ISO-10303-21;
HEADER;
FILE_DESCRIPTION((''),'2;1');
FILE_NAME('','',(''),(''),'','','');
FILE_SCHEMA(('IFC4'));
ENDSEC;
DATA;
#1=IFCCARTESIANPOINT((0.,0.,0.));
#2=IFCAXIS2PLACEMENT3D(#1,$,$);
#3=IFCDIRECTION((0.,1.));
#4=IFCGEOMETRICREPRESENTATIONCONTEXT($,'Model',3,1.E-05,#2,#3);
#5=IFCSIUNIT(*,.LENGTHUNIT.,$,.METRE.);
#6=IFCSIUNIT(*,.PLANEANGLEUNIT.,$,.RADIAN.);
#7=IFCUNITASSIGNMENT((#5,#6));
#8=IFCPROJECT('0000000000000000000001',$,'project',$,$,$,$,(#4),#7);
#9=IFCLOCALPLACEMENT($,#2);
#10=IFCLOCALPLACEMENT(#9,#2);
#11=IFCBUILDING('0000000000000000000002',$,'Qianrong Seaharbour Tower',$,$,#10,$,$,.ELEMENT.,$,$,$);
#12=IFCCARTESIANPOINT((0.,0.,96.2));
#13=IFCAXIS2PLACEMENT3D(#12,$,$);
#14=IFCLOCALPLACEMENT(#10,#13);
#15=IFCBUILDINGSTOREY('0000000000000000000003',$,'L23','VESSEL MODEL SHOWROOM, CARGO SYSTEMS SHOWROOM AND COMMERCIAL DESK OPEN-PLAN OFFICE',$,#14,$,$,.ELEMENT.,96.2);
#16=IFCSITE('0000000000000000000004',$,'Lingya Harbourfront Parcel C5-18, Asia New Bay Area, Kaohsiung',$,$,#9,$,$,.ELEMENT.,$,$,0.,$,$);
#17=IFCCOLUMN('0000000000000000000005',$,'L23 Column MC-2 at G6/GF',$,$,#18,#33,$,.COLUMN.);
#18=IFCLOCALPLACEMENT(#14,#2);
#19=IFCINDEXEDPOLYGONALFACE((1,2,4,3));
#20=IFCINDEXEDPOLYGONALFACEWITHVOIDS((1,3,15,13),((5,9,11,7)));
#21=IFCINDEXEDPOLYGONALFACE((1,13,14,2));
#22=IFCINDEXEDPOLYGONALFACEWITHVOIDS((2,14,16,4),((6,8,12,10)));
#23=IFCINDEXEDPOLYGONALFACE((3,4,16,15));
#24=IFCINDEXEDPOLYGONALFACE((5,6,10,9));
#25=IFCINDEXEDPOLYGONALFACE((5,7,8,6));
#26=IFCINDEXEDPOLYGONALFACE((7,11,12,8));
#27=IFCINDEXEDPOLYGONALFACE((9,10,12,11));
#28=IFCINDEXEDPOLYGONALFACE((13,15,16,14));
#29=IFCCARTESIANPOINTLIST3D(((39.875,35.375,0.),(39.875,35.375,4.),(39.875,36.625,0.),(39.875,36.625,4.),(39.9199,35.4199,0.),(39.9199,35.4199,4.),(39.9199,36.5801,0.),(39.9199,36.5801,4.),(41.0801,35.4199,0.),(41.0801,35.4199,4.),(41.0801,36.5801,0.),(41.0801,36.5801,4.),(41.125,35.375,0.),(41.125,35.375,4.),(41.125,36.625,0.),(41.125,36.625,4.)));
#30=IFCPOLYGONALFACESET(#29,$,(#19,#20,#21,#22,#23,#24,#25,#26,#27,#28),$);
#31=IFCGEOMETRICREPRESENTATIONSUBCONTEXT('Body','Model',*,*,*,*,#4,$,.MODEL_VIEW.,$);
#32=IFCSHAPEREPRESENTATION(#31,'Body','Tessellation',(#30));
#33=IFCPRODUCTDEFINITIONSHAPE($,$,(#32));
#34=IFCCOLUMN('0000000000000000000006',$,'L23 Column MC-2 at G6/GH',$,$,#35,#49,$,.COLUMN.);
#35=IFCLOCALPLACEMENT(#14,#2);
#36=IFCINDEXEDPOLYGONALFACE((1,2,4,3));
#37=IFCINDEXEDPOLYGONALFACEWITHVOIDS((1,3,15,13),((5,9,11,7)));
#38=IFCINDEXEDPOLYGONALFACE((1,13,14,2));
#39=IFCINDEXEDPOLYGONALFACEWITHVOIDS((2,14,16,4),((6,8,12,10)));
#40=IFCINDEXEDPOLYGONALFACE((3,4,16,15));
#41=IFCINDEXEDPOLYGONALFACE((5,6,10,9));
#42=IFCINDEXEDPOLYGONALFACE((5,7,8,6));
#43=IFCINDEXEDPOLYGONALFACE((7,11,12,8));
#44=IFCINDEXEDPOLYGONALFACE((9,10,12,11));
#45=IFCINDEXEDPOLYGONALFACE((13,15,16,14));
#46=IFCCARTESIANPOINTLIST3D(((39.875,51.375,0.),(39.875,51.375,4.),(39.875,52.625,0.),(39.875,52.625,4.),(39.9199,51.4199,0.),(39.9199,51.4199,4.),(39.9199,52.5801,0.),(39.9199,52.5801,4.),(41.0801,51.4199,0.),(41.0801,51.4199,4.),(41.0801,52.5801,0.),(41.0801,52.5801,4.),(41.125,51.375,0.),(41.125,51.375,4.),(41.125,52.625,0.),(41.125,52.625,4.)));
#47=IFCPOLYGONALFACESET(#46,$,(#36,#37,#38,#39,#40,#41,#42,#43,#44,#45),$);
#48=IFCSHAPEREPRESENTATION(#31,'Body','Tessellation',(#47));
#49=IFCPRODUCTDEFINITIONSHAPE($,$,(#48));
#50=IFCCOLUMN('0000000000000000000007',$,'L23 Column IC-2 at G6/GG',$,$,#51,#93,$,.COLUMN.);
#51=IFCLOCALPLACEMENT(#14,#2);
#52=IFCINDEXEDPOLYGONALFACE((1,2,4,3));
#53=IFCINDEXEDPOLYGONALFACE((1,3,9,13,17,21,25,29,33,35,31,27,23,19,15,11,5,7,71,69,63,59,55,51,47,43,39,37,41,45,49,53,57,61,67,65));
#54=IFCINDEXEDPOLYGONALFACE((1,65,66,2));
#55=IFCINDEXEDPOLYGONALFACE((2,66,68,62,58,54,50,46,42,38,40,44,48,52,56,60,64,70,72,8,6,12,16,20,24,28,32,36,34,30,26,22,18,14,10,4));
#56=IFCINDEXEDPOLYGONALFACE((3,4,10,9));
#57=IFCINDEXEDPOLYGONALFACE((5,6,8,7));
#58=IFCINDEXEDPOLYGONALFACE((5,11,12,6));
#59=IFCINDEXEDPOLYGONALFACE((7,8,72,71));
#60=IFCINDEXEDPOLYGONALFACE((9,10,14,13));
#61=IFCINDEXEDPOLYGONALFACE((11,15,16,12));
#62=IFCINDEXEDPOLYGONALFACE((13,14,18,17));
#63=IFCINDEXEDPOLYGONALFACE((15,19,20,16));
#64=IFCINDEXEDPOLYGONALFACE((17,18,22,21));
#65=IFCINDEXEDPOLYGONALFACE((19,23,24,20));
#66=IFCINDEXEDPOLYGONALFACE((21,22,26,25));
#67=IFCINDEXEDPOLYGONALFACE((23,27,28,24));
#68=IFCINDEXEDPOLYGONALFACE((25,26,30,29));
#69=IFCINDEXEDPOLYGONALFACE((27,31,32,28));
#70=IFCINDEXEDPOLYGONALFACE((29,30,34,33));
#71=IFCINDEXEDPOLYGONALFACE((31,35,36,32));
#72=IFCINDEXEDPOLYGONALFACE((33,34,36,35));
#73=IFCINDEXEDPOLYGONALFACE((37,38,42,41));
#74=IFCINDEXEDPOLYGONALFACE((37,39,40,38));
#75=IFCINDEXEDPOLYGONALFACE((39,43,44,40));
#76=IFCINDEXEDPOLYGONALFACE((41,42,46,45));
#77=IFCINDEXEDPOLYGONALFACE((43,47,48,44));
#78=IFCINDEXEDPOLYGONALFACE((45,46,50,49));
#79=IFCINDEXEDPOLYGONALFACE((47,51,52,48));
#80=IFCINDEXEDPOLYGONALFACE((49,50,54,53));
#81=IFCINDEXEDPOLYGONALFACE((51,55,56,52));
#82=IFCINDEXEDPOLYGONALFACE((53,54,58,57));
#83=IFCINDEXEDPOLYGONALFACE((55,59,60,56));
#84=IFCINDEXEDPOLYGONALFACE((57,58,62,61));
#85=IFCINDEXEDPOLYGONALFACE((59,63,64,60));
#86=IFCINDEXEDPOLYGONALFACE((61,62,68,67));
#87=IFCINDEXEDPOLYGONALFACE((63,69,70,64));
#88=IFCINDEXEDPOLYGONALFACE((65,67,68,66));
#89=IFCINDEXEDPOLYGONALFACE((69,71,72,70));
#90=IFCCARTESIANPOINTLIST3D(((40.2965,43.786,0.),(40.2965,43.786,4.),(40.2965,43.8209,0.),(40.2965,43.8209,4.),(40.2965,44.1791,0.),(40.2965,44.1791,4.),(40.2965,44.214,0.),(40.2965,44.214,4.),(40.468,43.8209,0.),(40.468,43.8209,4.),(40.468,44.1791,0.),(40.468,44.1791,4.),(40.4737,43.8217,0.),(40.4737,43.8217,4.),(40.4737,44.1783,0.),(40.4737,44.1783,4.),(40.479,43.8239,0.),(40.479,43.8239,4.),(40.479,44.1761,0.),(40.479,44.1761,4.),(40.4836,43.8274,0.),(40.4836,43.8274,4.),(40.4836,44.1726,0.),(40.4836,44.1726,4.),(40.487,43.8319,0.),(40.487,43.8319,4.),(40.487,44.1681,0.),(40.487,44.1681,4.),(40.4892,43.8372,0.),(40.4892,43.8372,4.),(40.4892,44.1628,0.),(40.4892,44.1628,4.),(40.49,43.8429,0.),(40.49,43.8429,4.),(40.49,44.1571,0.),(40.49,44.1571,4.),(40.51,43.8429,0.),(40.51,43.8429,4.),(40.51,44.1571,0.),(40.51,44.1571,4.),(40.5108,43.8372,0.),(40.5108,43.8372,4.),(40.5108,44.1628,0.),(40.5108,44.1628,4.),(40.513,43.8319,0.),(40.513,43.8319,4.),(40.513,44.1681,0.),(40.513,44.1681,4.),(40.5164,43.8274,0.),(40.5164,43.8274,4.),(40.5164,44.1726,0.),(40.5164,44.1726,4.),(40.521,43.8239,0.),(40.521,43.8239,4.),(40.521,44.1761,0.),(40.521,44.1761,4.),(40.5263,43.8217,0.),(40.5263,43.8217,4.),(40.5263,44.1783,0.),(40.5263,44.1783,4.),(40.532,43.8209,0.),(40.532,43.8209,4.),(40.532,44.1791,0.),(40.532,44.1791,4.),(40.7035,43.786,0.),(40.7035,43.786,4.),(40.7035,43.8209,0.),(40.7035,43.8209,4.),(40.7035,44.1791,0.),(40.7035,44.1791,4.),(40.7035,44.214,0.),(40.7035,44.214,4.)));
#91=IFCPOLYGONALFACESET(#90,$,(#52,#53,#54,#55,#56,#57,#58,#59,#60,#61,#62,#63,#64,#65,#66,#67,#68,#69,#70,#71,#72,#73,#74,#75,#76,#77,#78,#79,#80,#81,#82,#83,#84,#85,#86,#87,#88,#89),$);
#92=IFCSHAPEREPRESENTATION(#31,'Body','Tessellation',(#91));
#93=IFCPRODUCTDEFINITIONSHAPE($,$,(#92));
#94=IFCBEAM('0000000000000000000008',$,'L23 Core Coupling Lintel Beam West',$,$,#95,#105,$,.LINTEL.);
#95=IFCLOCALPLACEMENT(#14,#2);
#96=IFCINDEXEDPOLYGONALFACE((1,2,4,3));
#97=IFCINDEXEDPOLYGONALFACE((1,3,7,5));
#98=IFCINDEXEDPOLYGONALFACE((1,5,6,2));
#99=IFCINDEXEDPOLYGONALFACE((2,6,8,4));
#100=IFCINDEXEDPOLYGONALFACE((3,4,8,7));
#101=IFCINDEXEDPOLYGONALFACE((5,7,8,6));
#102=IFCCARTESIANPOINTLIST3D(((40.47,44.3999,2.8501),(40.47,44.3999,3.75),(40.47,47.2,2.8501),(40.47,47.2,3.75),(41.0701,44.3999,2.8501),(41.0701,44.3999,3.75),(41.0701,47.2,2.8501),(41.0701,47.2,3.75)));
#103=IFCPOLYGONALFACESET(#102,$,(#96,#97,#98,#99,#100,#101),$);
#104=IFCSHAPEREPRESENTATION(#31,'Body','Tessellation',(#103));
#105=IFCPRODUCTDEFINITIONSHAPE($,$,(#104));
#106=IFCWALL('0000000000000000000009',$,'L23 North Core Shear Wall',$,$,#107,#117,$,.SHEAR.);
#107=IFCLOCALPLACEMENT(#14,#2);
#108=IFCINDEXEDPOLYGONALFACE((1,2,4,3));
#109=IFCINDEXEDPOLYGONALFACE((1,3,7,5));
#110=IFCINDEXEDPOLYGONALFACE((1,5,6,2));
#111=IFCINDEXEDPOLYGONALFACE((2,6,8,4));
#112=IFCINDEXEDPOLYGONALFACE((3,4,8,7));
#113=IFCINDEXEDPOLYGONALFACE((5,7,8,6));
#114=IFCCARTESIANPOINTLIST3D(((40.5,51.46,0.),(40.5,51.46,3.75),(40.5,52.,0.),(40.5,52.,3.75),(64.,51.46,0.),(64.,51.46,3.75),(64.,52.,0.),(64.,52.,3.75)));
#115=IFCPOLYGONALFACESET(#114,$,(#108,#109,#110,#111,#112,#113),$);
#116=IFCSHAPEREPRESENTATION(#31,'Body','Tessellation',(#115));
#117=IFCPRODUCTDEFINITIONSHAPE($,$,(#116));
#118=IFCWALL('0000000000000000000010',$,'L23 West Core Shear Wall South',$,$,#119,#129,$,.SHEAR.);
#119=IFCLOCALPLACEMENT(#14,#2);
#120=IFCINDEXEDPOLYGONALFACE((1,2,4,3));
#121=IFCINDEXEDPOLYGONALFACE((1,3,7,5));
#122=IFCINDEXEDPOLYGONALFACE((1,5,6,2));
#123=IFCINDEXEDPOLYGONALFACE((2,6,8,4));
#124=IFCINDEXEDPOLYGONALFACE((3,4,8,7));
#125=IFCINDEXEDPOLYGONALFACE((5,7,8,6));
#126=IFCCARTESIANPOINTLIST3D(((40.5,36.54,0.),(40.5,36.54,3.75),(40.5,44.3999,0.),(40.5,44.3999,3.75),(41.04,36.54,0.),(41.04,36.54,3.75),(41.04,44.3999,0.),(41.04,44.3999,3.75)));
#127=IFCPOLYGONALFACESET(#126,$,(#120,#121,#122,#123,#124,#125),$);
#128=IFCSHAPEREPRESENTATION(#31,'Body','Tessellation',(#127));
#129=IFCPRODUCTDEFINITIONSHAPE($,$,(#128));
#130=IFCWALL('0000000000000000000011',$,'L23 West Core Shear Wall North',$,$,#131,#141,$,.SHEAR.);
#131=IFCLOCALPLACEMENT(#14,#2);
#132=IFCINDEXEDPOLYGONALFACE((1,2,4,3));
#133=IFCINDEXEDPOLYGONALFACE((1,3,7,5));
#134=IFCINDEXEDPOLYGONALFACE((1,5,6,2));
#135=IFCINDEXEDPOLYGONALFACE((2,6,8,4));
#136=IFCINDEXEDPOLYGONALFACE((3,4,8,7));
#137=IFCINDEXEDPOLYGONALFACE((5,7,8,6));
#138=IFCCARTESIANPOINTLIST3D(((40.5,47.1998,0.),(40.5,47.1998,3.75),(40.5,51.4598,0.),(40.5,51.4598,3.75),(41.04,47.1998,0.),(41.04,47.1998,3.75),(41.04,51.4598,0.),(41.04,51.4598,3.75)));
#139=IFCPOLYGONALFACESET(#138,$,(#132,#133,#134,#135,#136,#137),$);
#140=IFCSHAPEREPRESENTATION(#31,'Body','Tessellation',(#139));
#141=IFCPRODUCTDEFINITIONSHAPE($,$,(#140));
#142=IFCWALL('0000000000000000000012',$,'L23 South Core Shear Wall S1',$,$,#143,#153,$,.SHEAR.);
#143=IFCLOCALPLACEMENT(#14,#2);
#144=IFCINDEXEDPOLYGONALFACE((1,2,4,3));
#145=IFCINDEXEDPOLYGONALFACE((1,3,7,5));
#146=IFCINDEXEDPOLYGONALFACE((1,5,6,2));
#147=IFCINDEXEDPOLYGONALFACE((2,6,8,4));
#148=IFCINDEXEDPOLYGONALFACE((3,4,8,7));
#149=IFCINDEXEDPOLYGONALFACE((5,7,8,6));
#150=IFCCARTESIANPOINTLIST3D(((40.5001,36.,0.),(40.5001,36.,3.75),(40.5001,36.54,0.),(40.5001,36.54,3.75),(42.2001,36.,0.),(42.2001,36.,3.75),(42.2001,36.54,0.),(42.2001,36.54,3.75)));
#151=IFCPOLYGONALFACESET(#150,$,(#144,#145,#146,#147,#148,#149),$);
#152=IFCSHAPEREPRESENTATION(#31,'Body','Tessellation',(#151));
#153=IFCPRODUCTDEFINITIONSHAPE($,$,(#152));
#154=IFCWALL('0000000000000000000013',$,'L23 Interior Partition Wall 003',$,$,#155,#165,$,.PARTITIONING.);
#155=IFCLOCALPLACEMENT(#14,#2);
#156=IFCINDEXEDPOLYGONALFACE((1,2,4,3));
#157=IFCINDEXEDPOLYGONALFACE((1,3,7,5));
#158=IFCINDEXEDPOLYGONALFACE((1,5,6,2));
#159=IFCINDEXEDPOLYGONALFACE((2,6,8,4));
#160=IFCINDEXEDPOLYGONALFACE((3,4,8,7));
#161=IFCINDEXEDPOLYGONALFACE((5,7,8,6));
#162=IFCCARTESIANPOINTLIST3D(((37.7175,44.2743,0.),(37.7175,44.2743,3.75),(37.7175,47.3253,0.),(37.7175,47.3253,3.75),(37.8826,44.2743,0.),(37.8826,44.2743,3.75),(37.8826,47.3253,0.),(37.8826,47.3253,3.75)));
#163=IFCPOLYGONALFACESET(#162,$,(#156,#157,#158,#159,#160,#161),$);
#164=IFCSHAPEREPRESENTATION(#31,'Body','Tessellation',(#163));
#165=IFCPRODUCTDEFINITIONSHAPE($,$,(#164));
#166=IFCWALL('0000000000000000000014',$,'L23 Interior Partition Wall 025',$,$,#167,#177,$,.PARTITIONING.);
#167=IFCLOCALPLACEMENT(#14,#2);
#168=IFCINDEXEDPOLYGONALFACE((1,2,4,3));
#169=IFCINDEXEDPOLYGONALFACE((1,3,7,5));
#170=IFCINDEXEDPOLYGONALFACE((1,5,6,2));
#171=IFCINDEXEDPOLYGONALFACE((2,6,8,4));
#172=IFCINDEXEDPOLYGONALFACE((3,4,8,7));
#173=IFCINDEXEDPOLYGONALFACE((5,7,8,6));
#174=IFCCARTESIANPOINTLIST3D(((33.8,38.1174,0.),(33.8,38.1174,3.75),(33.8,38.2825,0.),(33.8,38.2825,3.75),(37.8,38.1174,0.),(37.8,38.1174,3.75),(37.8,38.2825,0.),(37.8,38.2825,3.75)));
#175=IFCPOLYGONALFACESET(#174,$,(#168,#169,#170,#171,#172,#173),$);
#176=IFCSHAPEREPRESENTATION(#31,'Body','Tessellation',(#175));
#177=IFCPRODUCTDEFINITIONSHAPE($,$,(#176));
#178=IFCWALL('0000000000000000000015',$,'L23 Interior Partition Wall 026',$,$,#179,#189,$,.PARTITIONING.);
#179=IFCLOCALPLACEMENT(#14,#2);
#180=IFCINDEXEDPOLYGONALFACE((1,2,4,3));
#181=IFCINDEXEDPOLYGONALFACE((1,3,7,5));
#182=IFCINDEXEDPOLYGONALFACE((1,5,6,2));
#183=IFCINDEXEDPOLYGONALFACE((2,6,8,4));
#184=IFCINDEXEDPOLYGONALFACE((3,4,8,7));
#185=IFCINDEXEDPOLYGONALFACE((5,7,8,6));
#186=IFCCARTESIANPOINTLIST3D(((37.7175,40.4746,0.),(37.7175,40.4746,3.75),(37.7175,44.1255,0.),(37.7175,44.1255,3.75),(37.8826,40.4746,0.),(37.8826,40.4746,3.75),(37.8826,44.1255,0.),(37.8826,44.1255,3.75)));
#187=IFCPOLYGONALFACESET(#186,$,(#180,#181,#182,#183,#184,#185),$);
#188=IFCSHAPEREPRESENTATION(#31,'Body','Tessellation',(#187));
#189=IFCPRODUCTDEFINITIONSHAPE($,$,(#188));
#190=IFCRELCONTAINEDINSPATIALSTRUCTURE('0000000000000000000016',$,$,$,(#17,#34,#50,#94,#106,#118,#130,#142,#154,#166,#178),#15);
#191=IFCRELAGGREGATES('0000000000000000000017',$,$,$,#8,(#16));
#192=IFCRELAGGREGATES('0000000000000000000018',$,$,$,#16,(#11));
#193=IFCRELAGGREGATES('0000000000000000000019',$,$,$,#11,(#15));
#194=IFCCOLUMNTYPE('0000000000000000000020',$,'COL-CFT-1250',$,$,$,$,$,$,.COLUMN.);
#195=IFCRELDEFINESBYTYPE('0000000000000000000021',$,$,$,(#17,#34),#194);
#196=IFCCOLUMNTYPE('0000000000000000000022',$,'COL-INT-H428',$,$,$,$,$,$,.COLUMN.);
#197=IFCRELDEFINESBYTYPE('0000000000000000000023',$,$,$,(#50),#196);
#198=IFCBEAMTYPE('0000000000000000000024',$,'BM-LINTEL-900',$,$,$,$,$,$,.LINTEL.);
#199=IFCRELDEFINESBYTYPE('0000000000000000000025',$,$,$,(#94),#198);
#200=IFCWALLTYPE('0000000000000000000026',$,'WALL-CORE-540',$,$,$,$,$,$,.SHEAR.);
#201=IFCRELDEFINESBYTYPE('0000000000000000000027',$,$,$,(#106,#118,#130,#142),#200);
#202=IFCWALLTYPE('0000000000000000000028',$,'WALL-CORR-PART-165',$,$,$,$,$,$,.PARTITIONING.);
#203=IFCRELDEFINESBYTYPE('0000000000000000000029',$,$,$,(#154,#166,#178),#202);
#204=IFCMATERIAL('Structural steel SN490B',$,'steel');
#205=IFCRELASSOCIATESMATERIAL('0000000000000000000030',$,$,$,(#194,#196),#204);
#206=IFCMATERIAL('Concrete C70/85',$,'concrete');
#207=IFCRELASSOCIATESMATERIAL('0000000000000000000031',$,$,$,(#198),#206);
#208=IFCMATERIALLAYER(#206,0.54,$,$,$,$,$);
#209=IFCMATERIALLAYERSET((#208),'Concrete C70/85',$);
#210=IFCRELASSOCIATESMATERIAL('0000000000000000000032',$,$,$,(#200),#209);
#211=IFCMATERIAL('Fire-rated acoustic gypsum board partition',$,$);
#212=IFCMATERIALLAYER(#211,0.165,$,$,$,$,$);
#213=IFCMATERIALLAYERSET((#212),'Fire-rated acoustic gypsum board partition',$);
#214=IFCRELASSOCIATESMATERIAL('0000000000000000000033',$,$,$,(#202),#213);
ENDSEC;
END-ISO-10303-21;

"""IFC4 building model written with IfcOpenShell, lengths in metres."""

from ifc_helpers import new_model, si_unit, direction, frame, frame_2d, origin, origin_2d, place, context, subcontext, project, spatial, rectangle, hollow_rectangle, i_section, extrude, material, layer, layer_set, material_profile, profile_set, type_object, element, save


model = new_model("IFC4")

# Units and contexts
model_context = context("Model", 3, precision=1e-05, world=origin(), true_north=direction((0.0, 1.0)))
body_context = subcontext(model_context, "Body", "Model", "MODEL_VIEW")
ifc_project = project(units=[si_unit("LENGTHUNIT", "METRE"), si_unit("PLANEANGLEUNIT", "RADIAN")], contexts=[model_context])

# Site, building, storey
site_placement = place(None, origin())
site = spatial("IfcSite", under=ifc_project, at=site_placement, Name="Lingya Harbourfront Parcel C5-18, Asia New Bay Area, Kaohsiung", CompositionType="ELEMENT", RefElevation=0.0)
building_placement = place(site_placement, origin())
building = spatial("IfcBuilding", under=site, at=building_placement, Name="Qianrong Seaharbour Tower", CompositionType="ELEMENT")
storey_placement = place(building_placement, frame((0.0, 0.0, 96.2)))
storey = spatial("IfcBuildingStorey", under=building, at=storey_placement, Name="L23", Description="VESSEL MODEL SHOWROOM, CARGO SYSTEMS SHOWROOM AND COMMERCIAL DESK OPEN-PLAN OFFICE", CompositionType="ELEMENT", Elevation=96.2)

# Columns
ifc_material_1 = material(Name="Structural steel SN490B", Category="steel")
ifc_material_profile_1 = material_profile(ifc_material_1, hollow_rectangle(XDim=1.25, YDim=1.25, WallThickness=0.0449, at=origin_2d()), Name="BOX1250x1250x45")
ifc_profile_set_1 = profile_set([ifc_material_profile_1], Name="Structural steel SN490B")
column_type_1 = type_object("IfcColumnType", Name="COL-CFT-1250", PredefinedType="COLUMN", material=ifc_profile_set_1)
for number, where, z_axis, x_axis, name in (
    (1, (40.5, 36.0, 0.0), (0.0, 0.0, 1.0), (1.0, 0.0, 0.0), "L23 Column MC-2 at G6/GF"),
    (2, (40.5, 52.0, 0.0), (0.0, 0.0, 1.0), (1.0, 0.0, 0.0), "L23 Column MC-2 at G6/GH"),
):
    element("IfcColumn", number, at=place(storey_placement, frame(where, z_axis=z_axis, x_axis=x_axis)), inside=storey, type_object=column_type_1, Name=name, PredefinedType="COLUMN", context=body_context, shape_type="SweptSolid", body=[
        extrude(hollow_rectangle(XDim=1.25, YDim=1.25, WallThickness=0.0449, at=origin_2d()), origin(), (0.0, 0.0, 1.0), 4.0),
    ])
ifc_material_profile_2 = material_profile(ifc_material_1, i_section(OverallWidth=0.407, OverallDepth=0.428, WebThickness=0.02, FlangeThickness=0.0349, FilletRadius=0.022, at=origin_2d()), Name="H428x407x20x35")
ifc_profile_set_2 = profile_set([ifc_material_profile_2], Name="Structural steel SN490B")
column_type_2 = type_object("IfcColumnType", Name="COL-INT-H428", PredefinedType="COLUMN", material=ifc_profile_set_2)
column_placement = place(storey_placement, frame((40.5, 44.0, 0.0), z_axis=(0.0, 0.0, 1.0), x_axis=(1.0, 0.0, 0.0)))
element("IfcColumn", 3, at=column_placement, inside=storey, type_object=column_type_2, Name="L23 Column IC-2 at G6/GG", PredefinedType="COLUMN", context=body_context, shape_type="SweptSolid", body=[
    extrude(i_section(OverallWidth=0.407, OverallDepth=0.428, WebThickness=0.02, FlangeThickness=0.0349, FilletRadius=0.022, at=origin_2d()), origin(), (0.0, 0.0, 1.0), 4.0),
])

# Beam
ifc_material_2 = material(Name="Concrete C70/85", Category="concrete")
ifc_material_profile_3 = material_profile(ifc_material_2, rectangle(XDim=0.6001, YDim=0.8999, at=origin_2d()), Name="RC600x900")
ifc_profile_set_3 = profile_set([ifc_material_profile_3], Name="Concrete C70/85")
beam_type = type_object("IfcBeamType", Name="BM-LINTEL-900", PredefinedType="LINTEL", material=ifc_profile_set_3)
beam_placement = place(storey_placement, frame((40.77, 44.3999, 3.3), z_axis=(0.0, 1.0, 0.0), x_axis=(-1.0, 0.0, 0.0)))
element("IfcBeam", 4, at=beam_placement, inside=storey, type_object=beam_type, Name="L23 Core Coupling Lintel Beam West", PredefinedType="LINTEL", context=body_context, shape_type="SweptSolid", body=[
    extrude(rectangle(XDim=0.6001, YDim=0.8999, at=origin_2d()), origin(), (0.0, 0.0, 1.0), 2.8),
])

# Walls
ifc_layer_1 = layer(ifc_material_2, 0.54)
ifc_layer_set_1 = layer_set([ifc_layer_1], Name="Concrete C70/85")
wall_type_1 = type_object("IfcWallType", Name="WALL-CORE-540", PredefinedType="SHEAR", material=ifc_layer_set_1)
wall_1_placement = place(storey_placement, frame((40.5, 51.73, 0.0), z_axis=(0.0, 0.0, 1.0), x_axis=(1.0, 0.0, 0.0)))
element("IfcWall", 5, at=wall_1_placement, inside=storey, type_object=wall_type_1, Name="L23 North Core Shear Wall", PredefinedType="SHEAR", context=body_context, shape_type="SweptSolid", body=[
    extrude(rectangle(XDim=23.5, YDim=0.54, at=frame_2d((11.75, 0.0))), origin(), (0.0, 0.0, 1.0), 3.75),
])
wall_2_placement = place(storey_placement, frame((40.77, 36.54, 0.0), z_axis=(0.0, 0.0, 1.0), x_axis=(0.0, 1.0, 0.0)))
element("IfcWall", 6, at=wall_2_placement, inside=storey, type_object=wall_type_1, Name="L23 West Core Shear Wall South", PredefinedType="SHEAR", context=body_context, shape_type="SweptSolid", body=[
    extrude(rectangle(XDim=7.8599, YDim=0.54, at=frame_2d((3.9299, 0.0))), origin(), (0.0, 0.0, 1.0), 3.75),
])
wall_3_placement = place(storey_placement, frame((40.77, 47.2, 0.0), z_axis=(0.0, 0.0, 1.0), x_axis=(0.0, 1.0, 0.0)))
element("IfcWall", 7, at=wall_3_placement, inside=storey, type_object=wall_type_1, Name="L23 West Core Shear Wall North", PredefinedType="SHEAR", context=body_context, shape_type="SweptSolid", body=[
    extrude(rectangle(XDim=4.26, YDim=0.54, at=frame_2d((2.1299, 0.0))), origin(), (0.0, 0.0, 1.0), 3.75),
])
wall_4_placement = place(storey_placement, frame((40.5, 36.27, 0.0), z_axis=(0.0, 0.0, 1.0), x_axis=(1.0, 0.0, 0.0)))
element("IfcWall", 8, at=wall_4_placement, inside=storey, type_object=wall_type_1, Name="L23 South Core Shear Wall S1", PredefinedType="SHEAR", context=body_context, shape_type="SweptSolid", body=[
    extrude(rectangle(XDim=1.7, YDim=0.54, at=frame_2d((0.8501, 0.0))), origin(), (0.0, 0.0, 1.0), 3.75),
])

# Shared definitions
ifc_material_3 = material(Name="Fire-rated acoustic gypsum board partition")
ifc_layer_2 = layer(ifc_material_3, 0.165)
ifc_layer_set_2 = layer_set([ifc_layer_2], Name="Fire-rated acoustic gypsum board partition")
wall_type_2 = type_object("IfcWallType", Name="WALL-CORR-PART-165", PredefinedType="PARTITIONING", material=ifc_layer_set_2)

# Wall
wall_5_placement = place(storey_placement, frame((37.8, 44.2744, 0.0), z_axis=(0.0, 0.0, 1.0), x_axis=(0.0, 1.0, 0.0)))
element("IfcWall", 9, at=wall_5_placement, inside=storey, type_object=wall_type_2, Name="L23 Interior Partition Wall 003", PredefinedType="PARTITIONING", context=body_context, shape_type="SweptSolid", body=[
    extrude(rectangle(XDim=3.051, YDim=0.165, at=frame_2d((1.5254, 0.0))), origin(), (0.0, 0.0, 1.0), 3.75),
])

# Walls
wall_6_placement = place(storey_placement, frame((37.8, 38.2, 0.0), z_axis=(0.0, 0.0, 1.0), x_axis=(-1.0, 0.0, 0.0)))
element("IfcWall", 10, at=wall_6_placement, inside=storey, type_object=wall_type_2, Name="L23 Interior Partition Wall 025", PredefinedType="PARTITIONING", context=body_context, shape_type="SweptSolid", body=[
    extrude(rectangle(XDim=4.0, YDim=0.165, at=frame_2d((2.0, 0.0))), origin(), (0.0, 0.0, 1.0), 3.75),
])
wall_7_placement = place(storey_placement, frame((37.8, 40.4746, 0.0), z_axis=(0.0, 0.0, 1.0), x_axis=(0.0, 1.0, 0.0)))
element("IfcWall", 11, at=wall_7_placement, inside=storey, type_object=wall_type_2, Name="L23 Interior Partition Wall 026", PredefinedType="PARTITIONING", context=body_context, shape_type="SweptSolid", body=[
    extrude(rectangle(XDim=3.6509, YDim=0.165, at=frame_2d((1.8254, 0.0))), origin(), (0.0, 0.0, 1.0), 3.75),
])

save(model, "model.ifc")
